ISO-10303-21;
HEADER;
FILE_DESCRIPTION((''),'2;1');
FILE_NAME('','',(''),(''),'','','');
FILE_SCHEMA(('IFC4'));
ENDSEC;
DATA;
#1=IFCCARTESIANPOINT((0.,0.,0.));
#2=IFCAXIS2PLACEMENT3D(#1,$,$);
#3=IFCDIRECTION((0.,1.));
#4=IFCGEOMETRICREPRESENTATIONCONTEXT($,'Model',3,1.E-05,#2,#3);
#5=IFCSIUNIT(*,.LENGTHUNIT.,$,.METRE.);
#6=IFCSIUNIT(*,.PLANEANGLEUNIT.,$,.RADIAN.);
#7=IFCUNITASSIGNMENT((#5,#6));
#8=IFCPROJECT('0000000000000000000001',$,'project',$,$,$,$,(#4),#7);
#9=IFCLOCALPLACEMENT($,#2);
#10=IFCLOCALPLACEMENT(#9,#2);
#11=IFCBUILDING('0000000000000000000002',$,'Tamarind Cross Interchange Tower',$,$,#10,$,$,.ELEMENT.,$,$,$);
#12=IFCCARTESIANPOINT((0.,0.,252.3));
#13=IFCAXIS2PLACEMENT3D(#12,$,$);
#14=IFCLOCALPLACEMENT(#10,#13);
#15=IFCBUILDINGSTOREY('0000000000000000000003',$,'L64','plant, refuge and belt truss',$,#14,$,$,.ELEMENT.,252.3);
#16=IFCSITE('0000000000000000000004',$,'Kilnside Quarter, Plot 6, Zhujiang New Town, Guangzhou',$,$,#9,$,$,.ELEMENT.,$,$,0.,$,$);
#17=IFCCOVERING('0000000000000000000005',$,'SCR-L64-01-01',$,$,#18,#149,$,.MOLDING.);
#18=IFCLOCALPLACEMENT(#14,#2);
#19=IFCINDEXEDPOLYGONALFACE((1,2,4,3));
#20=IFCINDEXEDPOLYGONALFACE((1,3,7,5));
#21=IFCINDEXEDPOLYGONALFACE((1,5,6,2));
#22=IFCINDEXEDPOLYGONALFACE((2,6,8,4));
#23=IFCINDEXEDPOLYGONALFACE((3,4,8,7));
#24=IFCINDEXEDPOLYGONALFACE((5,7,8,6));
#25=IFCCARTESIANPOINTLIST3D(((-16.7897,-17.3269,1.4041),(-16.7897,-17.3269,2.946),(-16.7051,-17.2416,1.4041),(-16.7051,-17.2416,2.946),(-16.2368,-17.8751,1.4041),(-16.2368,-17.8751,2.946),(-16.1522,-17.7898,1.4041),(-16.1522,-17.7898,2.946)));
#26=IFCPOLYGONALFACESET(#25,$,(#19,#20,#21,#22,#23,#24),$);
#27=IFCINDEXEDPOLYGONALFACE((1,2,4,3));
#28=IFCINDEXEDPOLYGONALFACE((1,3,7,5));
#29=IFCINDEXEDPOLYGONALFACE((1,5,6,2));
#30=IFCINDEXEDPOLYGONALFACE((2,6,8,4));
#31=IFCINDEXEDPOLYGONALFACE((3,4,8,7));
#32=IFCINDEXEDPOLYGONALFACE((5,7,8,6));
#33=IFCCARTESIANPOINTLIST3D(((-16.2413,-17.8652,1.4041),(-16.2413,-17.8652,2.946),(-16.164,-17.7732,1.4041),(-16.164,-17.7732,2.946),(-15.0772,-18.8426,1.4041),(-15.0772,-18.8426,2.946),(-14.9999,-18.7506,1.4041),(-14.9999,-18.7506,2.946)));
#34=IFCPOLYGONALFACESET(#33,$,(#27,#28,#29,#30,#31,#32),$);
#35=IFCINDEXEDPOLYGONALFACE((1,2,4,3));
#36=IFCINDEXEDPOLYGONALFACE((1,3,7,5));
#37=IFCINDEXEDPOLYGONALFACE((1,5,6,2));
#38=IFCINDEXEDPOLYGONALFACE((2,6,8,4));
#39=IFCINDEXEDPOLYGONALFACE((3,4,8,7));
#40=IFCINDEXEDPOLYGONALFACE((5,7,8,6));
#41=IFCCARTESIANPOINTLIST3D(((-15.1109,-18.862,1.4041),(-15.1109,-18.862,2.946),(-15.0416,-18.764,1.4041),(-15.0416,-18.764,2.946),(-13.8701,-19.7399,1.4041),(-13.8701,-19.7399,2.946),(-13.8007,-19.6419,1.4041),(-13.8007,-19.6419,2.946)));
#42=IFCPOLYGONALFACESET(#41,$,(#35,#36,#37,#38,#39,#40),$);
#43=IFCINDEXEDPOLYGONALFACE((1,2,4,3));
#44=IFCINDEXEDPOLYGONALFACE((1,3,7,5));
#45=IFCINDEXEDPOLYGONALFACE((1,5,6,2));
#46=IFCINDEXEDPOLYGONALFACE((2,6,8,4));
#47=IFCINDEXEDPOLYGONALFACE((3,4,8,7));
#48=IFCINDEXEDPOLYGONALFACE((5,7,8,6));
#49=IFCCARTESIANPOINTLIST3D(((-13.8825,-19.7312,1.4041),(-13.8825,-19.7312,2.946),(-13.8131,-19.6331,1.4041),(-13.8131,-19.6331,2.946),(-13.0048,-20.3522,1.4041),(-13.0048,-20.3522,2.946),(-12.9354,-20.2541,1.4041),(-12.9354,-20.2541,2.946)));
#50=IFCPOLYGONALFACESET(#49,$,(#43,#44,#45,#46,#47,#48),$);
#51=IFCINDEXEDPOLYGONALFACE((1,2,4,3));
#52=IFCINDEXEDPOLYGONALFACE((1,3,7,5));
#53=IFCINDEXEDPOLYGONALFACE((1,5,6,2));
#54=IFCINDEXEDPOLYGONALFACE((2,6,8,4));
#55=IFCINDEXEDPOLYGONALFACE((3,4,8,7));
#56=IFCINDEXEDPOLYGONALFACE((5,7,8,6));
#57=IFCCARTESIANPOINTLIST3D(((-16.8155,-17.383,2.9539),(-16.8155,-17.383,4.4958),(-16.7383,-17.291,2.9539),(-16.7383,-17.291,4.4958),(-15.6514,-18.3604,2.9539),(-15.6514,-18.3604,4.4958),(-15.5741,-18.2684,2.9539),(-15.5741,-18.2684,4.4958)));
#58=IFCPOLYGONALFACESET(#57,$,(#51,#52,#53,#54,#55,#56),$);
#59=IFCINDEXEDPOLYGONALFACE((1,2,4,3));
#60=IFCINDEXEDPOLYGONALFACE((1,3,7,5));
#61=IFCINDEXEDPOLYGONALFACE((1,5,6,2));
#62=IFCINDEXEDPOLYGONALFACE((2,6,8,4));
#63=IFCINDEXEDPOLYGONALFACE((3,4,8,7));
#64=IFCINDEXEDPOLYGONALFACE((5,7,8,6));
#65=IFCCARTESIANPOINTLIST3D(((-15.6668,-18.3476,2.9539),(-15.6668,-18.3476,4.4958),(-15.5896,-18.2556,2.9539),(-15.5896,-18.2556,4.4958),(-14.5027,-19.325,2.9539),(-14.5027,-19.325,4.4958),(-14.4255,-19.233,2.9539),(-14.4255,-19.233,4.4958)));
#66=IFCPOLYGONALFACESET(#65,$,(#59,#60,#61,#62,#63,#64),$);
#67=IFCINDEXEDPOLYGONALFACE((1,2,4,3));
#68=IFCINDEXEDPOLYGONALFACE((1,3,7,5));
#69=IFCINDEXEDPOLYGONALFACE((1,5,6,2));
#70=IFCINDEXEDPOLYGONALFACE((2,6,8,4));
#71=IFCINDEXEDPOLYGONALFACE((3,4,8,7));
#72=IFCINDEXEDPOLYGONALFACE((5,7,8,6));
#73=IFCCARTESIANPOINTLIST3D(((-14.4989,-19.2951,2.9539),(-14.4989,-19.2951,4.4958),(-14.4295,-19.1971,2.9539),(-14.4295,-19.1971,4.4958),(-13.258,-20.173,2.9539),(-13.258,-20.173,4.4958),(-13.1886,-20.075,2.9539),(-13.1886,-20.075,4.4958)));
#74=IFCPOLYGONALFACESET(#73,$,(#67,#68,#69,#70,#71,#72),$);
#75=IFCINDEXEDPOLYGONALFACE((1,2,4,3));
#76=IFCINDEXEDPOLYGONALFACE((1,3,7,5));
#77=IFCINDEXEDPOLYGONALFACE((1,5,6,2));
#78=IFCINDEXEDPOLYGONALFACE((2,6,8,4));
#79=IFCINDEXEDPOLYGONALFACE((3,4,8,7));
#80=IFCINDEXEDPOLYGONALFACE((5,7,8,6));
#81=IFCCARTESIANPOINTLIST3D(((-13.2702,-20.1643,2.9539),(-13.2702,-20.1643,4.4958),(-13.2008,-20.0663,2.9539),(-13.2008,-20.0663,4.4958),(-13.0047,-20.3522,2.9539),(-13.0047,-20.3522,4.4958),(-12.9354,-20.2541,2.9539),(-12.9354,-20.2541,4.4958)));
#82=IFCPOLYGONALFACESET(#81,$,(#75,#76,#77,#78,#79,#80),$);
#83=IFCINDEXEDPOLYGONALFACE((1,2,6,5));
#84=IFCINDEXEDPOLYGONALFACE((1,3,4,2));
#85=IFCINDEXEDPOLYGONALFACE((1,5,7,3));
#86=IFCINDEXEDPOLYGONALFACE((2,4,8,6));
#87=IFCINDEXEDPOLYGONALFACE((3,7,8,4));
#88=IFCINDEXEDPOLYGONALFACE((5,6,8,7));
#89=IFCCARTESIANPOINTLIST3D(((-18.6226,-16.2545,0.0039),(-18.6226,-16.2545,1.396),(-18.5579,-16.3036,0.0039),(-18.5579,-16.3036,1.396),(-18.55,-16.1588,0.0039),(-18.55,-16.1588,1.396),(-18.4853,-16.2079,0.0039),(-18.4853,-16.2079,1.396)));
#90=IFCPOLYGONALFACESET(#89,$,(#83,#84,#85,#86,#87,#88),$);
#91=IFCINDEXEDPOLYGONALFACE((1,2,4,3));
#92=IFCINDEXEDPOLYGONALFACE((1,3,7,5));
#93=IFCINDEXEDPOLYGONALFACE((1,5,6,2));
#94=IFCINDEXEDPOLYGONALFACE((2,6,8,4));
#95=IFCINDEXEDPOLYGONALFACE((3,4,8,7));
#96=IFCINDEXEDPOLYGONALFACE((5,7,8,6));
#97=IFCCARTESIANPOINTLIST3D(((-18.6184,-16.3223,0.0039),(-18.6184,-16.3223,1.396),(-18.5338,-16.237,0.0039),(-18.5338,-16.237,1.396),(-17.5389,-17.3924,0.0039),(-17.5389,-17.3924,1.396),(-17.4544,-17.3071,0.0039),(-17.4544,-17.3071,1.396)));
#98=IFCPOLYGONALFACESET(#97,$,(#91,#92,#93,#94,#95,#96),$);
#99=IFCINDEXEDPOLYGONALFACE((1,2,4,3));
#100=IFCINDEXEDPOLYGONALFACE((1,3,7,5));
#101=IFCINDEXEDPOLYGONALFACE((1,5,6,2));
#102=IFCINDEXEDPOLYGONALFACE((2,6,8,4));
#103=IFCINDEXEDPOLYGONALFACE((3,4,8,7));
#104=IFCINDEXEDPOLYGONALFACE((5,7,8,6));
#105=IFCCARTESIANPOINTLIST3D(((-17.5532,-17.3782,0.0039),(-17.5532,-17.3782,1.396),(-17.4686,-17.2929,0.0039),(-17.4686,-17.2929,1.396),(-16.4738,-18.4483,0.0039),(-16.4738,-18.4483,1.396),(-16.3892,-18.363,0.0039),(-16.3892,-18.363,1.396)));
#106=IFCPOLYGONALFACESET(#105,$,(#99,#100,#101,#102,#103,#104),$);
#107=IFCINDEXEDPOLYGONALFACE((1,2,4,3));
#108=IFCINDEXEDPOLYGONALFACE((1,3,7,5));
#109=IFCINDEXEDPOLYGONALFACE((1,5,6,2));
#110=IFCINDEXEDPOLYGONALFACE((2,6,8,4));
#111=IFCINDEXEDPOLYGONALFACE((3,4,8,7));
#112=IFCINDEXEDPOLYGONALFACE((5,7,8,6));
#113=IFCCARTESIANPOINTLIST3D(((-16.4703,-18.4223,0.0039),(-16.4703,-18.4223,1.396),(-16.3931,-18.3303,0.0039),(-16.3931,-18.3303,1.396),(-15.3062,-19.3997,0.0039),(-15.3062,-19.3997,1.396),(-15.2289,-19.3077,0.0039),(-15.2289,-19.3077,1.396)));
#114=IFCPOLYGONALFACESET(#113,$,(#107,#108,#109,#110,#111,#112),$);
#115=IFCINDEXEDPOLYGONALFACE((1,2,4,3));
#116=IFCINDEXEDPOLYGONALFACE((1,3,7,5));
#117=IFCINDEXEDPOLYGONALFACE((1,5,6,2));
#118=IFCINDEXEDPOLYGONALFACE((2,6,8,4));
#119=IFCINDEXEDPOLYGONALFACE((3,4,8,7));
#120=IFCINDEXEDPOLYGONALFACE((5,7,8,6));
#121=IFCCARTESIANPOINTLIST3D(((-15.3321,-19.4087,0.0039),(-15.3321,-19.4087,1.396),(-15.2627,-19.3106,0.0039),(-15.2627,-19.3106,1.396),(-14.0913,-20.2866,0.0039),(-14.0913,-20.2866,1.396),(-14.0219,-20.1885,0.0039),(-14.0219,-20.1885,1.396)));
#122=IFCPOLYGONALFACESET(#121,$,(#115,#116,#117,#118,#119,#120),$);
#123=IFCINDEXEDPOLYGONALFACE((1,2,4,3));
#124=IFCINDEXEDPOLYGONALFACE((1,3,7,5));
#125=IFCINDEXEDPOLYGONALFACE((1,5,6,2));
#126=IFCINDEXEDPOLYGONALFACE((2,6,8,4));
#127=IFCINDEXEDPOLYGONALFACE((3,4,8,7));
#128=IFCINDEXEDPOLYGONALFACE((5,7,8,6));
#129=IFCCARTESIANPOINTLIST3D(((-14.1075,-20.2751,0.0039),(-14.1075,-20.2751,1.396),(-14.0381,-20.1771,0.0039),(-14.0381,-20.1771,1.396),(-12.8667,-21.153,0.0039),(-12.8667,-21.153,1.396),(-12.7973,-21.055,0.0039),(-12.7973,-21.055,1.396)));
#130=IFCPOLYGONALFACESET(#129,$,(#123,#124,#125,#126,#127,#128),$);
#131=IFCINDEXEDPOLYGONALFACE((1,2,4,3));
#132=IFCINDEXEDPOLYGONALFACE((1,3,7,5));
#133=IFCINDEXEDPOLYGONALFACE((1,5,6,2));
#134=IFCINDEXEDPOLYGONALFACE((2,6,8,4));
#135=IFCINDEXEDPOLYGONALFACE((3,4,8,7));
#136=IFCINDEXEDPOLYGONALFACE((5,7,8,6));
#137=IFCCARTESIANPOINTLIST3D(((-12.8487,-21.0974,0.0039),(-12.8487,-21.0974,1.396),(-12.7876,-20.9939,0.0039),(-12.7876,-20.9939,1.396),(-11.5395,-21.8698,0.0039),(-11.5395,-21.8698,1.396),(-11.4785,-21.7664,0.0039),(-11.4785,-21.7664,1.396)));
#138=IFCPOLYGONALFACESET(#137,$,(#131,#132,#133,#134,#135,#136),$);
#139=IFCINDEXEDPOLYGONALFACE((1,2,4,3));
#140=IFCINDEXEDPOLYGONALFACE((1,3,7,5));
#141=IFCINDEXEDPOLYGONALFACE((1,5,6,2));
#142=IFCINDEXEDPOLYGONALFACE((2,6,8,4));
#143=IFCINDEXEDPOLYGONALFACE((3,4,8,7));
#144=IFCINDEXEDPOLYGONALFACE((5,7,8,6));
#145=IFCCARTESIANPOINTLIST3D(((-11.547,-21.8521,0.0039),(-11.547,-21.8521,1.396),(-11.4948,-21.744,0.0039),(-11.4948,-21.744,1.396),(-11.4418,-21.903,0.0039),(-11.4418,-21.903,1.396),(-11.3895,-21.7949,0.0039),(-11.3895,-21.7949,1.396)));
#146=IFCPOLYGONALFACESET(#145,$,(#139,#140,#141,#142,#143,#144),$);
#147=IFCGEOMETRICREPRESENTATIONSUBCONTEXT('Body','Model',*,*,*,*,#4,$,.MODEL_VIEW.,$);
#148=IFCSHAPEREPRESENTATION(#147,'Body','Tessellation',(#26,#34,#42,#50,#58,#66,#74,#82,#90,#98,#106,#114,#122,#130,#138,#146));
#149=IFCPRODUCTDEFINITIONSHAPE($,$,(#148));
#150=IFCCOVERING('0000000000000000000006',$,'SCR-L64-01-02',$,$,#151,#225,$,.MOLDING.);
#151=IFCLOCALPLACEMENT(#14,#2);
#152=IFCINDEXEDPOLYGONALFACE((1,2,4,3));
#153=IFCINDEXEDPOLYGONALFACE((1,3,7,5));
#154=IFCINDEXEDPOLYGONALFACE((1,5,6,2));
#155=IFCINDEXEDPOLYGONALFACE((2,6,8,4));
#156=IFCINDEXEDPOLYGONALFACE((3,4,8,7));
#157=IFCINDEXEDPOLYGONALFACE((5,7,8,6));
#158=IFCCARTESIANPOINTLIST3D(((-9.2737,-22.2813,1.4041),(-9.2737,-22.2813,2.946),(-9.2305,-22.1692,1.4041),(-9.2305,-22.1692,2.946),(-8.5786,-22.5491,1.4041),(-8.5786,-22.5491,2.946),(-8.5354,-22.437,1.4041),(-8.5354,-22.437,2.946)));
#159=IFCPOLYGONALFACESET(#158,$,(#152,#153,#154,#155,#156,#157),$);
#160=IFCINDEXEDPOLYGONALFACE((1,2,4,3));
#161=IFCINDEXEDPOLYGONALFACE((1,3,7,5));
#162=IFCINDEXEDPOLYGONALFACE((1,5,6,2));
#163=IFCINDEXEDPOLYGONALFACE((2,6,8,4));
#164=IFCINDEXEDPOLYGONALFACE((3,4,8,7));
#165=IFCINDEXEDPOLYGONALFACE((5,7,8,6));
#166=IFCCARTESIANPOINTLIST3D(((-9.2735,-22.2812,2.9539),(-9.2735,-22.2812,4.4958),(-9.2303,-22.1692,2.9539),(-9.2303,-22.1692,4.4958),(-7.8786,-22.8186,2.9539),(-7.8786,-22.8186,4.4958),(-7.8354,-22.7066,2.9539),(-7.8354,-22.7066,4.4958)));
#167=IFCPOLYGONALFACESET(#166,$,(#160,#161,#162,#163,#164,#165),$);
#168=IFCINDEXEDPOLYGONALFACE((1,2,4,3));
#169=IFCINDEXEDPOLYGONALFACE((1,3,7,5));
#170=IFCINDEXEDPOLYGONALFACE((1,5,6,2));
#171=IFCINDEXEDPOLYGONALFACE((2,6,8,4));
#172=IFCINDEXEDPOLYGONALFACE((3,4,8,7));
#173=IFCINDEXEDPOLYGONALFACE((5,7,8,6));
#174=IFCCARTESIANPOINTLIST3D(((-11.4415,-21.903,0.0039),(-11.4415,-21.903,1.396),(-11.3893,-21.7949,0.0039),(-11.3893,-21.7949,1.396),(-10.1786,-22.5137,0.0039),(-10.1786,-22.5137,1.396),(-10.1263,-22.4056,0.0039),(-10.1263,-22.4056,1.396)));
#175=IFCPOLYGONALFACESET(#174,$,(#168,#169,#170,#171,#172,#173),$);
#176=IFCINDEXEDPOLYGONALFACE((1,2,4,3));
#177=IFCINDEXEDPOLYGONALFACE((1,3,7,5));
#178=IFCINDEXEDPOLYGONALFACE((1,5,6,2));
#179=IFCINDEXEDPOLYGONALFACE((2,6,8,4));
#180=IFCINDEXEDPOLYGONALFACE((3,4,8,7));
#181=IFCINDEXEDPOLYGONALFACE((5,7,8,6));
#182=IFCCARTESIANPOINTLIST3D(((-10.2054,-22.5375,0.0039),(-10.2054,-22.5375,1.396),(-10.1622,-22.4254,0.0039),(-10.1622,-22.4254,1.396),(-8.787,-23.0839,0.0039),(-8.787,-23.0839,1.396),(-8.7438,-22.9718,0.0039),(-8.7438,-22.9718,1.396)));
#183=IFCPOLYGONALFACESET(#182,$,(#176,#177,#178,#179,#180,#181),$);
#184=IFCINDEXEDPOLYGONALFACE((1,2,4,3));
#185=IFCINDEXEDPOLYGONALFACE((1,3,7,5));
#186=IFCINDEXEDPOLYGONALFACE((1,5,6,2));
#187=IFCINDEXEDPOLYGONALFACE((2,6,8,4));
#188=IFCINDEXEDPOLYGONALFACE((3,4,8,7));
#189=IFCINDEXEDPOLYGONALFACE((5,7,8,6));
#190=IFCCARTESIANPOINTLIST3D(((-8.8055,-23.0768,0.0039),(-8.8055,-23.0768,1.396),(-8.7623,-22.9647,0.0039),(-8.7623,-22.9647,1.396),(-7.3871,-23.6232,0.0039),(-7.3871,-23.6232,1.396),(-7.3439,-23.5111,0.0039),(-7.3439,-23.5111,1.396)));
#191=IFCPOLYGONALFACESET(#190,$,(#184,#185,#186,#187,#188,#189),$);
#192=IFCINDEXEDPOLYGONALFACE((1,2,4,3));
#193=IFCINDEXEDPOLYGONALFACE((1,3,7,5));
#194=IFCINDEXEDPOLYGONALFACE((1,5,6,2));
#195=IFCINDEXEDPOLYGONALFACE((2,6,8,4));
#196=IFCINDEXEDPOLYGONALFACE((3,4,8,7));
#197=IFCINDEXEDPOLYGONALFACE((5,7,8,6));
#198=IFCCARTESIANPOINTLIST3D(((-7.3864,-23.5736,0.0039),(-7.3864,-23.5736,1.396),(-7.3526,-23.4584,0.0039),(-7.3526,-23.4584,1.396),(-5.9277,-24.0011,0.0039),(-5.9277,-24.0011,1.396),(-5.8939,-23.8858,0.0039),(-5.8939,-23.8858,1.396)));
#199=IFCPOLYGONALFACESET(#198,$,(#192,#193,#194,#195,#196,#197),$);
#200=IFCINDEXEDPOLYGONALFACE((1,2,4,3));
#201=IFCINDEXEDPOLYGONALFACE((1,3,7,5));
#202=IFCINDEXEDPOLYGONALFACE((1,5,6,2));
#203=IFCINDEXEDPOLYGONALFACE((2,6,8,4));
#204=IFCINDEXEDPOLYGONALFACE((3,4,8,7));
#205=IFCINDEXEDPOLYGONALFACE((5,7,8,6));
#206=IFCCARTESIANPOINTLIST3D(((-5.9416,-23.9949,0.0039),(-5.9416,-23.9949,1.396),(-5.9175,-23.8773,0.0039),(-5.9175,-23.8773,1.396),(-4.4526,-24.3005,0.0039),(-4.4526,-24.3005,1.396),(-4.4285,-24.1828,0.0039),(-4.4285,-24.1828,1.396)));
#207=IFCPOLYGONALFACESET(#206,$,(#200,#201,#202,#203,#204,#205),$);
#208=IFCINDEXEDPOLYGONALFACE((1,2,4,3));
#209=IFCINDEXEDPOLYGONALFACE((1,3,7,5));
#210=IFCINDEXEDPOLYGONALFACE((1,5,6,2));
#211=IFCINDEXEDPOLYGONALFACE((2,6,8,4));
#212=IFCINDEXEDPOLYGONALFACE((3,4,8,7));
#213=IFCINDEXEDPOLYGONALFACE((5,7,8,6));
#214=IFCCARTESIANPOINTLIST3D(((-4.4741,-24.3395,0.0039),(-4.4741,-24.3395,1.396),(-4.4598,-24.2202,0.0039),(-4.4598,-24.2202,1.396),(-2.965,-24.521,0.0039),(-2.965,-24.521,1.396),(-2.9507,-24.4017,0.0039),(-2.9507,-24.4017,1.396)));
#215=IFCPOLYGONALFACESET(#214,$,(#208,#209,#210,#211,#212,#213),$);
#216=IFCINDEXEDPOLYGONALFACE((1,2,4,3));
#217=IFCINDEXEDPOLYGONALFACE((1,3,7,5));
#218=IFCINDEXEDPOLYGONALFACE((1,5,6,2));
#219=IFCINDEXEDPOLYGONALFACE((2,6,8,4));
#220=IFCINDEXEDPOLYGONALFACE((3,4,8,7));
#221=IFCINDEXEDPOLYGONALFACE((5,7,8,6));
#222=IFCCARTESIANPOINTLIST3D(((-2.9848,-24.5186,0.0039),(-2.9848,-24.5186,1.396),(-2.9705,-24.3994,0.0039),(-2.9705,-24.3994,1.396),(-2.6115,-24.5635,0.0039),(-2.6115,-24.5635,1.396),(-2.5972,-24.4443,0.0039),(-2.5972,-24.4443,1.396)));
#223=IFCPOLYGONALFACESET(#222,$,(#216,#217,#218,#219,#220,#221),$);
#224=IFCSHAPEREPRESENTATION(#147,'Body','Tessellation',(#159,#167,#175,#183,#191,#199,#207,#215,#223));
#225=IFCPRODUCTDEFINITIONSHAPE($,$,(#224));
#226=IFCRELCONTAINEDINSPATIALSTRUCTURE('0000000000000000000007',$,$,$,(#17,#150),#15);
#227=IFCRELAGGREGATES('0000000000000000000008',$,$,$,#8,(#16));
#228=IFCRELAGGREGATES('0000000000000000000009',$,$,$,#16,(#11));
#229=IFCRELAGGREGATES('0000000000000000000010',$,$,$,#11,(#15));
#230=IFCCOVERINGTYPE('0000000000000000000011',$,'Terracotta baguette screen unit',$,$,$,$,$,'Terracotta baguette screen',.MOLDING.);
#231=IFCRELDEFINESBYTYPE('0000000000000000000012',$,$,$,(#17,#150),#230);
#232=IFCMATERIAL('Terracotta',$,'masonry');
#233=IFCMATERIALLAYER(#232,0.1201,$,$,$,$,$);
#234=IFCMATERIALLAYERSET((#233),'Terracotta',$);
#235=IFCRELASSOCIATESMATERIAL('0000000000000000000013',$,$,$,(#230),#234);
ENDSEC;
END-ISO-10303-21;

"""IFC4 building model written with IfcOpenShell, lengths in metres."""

from ifc_helpers import new_model, si_unit, direction, frame, origin, origin_2d, place, context, subcontext, project, spatial, rectangle, extrude, material, layer, layer_set, type_object, element, save


model = new_model("IFC4")

# Units and contexts
model_context = context("Model", 3, precision=1e-05, world=origin(), true_north=direction((0.0, 1.0)))
body_context = subcontext(model_context, "Body", "Model", "MODEL_VIEW")
ifc_project = project(units=[si_unit("LENGTHUNIT", "METRE"), si_unit("PLANEANGLEUNIT", "RADIAN")], contexts=[model_context])

# Site, building, storey
site_placement = place(None, origin())
site = spatial("IfcSite", under=ifc_project, at=site_placement, Name="Kilnside Quarter, Plot 6, Zhujiang New Town, Guangzhou", CompositionType="ELEMENT", RefElevation=0.0)
building_placement = place(site_placement, origin())
building = spatial("IfcBuilding", under=site, at=building_placement, Name="Tamarind Cross Interchange Tower", CompositionType="ELEMENT")
storey_placement = place(building_placement, frame((0.0, 0.0, 252.3)))
storey = spatial("IfcBuildingStorey", under=building, at=storey_placement, Name="L64", Description="plant, refuge and belt truss", CompositionType="ELEMENT", Elevation=252.3)

# Coverings
ifc_material_1 = material(Name="Terracotta", Category="masonry")
ifc_layer_1 = layer(ifc_material_1, 0.1201)
ifc_layer_set_1 = layer_set([ifc_layer_1], Name="Terracotta")
covering_type = type_object("IfcCoveringType", Name="Terracotta baguette screen unit", ElementType="Terracotta baguette screen", PredefinedType="MOLDING", material=ifc_layer_set_1)
covering_1_placement = place(storey_placement, origin())
element("IfcCovering", 1, at=covering_1_placement, inside=storey, type_object=covering_type, Name="SCR-L64-01-01", PredefinedType="MOLDING", context=body_context, shape_type="SweptSolid", body=[
    extrude(rectangle(XDim=0.7786, YDim=0.1201, at=origin_2d()), frame((-16.4709, -17.5583, 1.4041), z_axis=(0.0, 0.0, 1.0), x_axis=(0.710143, -0.704057, 0.0)), (0.0, 0.0, 1.0), 1.542),
    extrude(rectangle(XDim=1.52, YDim=0.1201, at=origin_2d()), frame((-15.6206, -18.3079, 1.4041), z_axis=(0.0, 0.0, 1.0), x_axis=(0.765858, -0.643009, 0.0)), (0.0, 0.0, 1.0), 1.542),
    extrude(rectangle(XDim=1.52, YDim=0.1201, at=origin_2d()), frame((-14.4558, -19.252, 1.4041), z_axis=(0.0, 0.0, 1.0), x_axis=(0.816342, -0.577569, 0.0)), (0.0, 0.0, 1.0), 1.542),
    extrude(rectangle(XDim=1.0752, YDim=0.1201, at=origin_2d()), frame((-13.4089, -19.9927, 1.4041), z_axis=(0.0, 0.0, 1.0), x_axis=(0.816342, -0.577569, 0.0)), (0.0, 0.0, 1.0), 1.542),
    extrude(rectangle(XDim=1.52, YDim=0.1201, at=origin_2d()), frame((-16.1948, -17.8257, 2.9539), z_axis=(0.0, 0.0, 1.0), x_axis=(0.765858, -0.643009, 0.0)), (0.0, 0.0, 1.0), 1.542),
    extrude(rectangle(XDim=1.52, YDim=0.1201, at=origin_2d()), frame((-15.0461, -18.7903, 2.9539), z_axis=(0.0, 0.0, 1.0), x_axis=(0.765858, -0.643009, 0.0)), (0.0, 0.0, 1.0), 1.542),
    extrude(rectangle(XDim=1.52, YDim=0.1201, at=origin_2d()), frame((-13.8438, -19.6851, 2.9539), z_axis=(0.0, 0.0, 1.0), x_axis=(0.816342, -0.577569, 0.0)), (0.0, 0.0, 1.0), 1.542),
    extrude(rectangle(XDim=0.3252, YDim=0.1201, at=origin_2d()), frame((-13.1028, -20.2092, 2.9539), z_axis=(0.0, 0.0, 1.0), x_axis=(0.816342, -0.577569, 0.0)), (0.0, 0.0, 1.0), 1.542),
    extrude(rectangle(XDim=0.0813, YDim=0.1201, at=origin_2d()), frame((-18.554, -16.2312, 0.0039), z_axis=(0.0, 0.0, 1.0), x_axis=(0.796472, -0.604676, 0.0)), (0.0, 0.0, 1.0), 1.3921),
    extrude(rectangle(XDim=1.52, YDim=0.1201, at=origin_2d()), frame((-18.0364, -16.8147, 0.0039), z_axis=(0.0, 0.0, 1.0), x_axis=(0.710143, -0.704057, 0.0)), (0.0, 0.0, 1.0), 1.3921),
    extrude(rectangle(XDim=1.52, YDim=0.1201, at=origin_2d()), frame((-16.9712, -17.8706, 0.0039), z_axis=(0.0, 0.0, 1.0), x_axis=(0.710143, -0.704057, 0.0)), (0.0, 0.0, 1.0), 1.3921),
    extrude(rectangle(XDim=1.52, YDim=0.1201, at=origin_2d()), frame((-15.8496, -18.865, 0.0039), z_axis=(0.0, 0.0, 1.0), x_axis=(0.765858, -0.643009, 0.0)), (0.0, 0.0, 1.0), 1.3921),
    extrude(rectangle(XDim=1.52, YDim=0.1201, at=origin_2d()), frame((-14.677, -19.7986, 0.0039), z_axis=(0.0, 0.0, 1.0), x_axis=(0.816342, -0.577569, 0.0)), (0.0, 0.0, 1.0), 1.3921),
    extrude(rectangle(XDim=1.52, YDim=0.1201, at=origin_2d()), frame((-13.4524, -20.665, 0.0039), z_axis=(0.0, 0.0, 1.0), x_axis=(0.816342, -0.577569, 0.0)), (0.0, 0.0, 1.0), 1.3921),
    extrude(rectangle(XDim=1.52, YDim=0.1201, at=origin_2d()), frame((-12.1636, -21.4319, 0.0039), z_axis=(0.0, 0.0, 1.0), x_axis=(0.861249, -0.508183, 0.0)), (0.0, 0.0, 1.0), 1.3921),
    extrude(rectangle(XDim=0.1169, YDim=0.1201, at=origin_2d()), frame((-11.4683, -21.8235, 0.0039), z_axis=(0.0, 0.0, 1.0), x_axis=(0.900273, -0.435326, 0.0)), (0.0, 0.0, 1.0), 1.3921),
])
covering_2_placement = place(storey_placement, origin())
element("IfcCovering", 2, at=covering_2_placement, inside=storey, type_object=covering_type, Name="SCR-L64-01-02", PredefinedType="MOLDING", context=body_context, shape_type="SweptSolid", body=[
    extrude(rectangle(XDim=0.7449, YDim=0.1201, at=origin_2d()), frame((-8.9045, -22.3591, 1.4041), z_axis=(0.0, 0.0, 1.0), x_axis=(0.933147, -0.359495, 0.0)), (0.0, 0.0, 1.0), 1.542),
    extrude(rectangle(XDim=1.4949, YDim=0.1201, at=origin_2d()), frame((-8.5544, -22.4939, 2.9539), z_axis=(0.0, 0.0, 1.0), x_axis=(0.933147, -0.359495, 0.0)), (0.0, 0.0, 1.0), 1.542),
    extrude(rectangle(XDim=1.4028, YDim=0.1201, at=origin_2d()), frame((-10.7839, -22.1543, 0.0039), z_axis=(0.0, 0.0, 1.0), x_axis=(0.900273, -0.435326, 0.0)), (0.0, 0.0, 1.0), 1.3921),
    extrude(rectangle(XDim=1.52, YDim=0.1201, at=origin_2d()), frame((-9.4746, -22.7546, 0.0039), z_axis=(0.0, 0.0, 1.0), x_axis=(0.933147, -0.359495, 0.0)), (0.0, 0.0, 1.0), 1.3921),
    extrude(rectangle(XDim=1.52, YDim=0.1201, at=origin_2d()), frame((-8.0747, -23.2939, 0.0039), z_axis=(0.0, 0.0, 1.0), x_axis=(0.933147, -0.359495, 0.0)), (0.0, 0.0, 1.0), 1.3921),
    extrude(rectangle(XDim=1.52, YDim=0.1201, at=origin_2d()), frame((-6.6401, -23.7297, 0.0039), z_axis=(0.0, 0.0, 1.0), x_axis=(0.959647, -0.281209, 0.0)), (0.0, 0.0, 1.0), 1.3921),
    extrude(rectangle(XDim=1.52, YDim=0.1201, at=origin_2d()), frame((-5.1851, -24.0889, 0.0039), z_axis=(0.0, 0.0, 1.0), x_axis=(0.979591, -0.201001, 0.0)), (0.0, 0.0, 1.0), 1.3921),
    extrude(rectangle(XDim=1.52, YDim=0.1201, at=origin_2d()), frame((-3.7124, -24.3706, 0.0039), z_axis=(0.0, 0.0, 1.0), x_axis=(0.992844, -0.119421, 0.0)), (0.0, 0.0, 1.0), 1.3921),
    extrude(rectangle(XDim=0.376, YDim=0.1201, at=origin_2d()), frame((-2.791, -24.4814, 0.0039), z_axis=(0.0, 0.0, 1.0), x_axis=(0.992844, -0.119421, 0.0)), (0.0, 0.0, 1.0), 1.3921),
])

save(model, "model.ifc")
